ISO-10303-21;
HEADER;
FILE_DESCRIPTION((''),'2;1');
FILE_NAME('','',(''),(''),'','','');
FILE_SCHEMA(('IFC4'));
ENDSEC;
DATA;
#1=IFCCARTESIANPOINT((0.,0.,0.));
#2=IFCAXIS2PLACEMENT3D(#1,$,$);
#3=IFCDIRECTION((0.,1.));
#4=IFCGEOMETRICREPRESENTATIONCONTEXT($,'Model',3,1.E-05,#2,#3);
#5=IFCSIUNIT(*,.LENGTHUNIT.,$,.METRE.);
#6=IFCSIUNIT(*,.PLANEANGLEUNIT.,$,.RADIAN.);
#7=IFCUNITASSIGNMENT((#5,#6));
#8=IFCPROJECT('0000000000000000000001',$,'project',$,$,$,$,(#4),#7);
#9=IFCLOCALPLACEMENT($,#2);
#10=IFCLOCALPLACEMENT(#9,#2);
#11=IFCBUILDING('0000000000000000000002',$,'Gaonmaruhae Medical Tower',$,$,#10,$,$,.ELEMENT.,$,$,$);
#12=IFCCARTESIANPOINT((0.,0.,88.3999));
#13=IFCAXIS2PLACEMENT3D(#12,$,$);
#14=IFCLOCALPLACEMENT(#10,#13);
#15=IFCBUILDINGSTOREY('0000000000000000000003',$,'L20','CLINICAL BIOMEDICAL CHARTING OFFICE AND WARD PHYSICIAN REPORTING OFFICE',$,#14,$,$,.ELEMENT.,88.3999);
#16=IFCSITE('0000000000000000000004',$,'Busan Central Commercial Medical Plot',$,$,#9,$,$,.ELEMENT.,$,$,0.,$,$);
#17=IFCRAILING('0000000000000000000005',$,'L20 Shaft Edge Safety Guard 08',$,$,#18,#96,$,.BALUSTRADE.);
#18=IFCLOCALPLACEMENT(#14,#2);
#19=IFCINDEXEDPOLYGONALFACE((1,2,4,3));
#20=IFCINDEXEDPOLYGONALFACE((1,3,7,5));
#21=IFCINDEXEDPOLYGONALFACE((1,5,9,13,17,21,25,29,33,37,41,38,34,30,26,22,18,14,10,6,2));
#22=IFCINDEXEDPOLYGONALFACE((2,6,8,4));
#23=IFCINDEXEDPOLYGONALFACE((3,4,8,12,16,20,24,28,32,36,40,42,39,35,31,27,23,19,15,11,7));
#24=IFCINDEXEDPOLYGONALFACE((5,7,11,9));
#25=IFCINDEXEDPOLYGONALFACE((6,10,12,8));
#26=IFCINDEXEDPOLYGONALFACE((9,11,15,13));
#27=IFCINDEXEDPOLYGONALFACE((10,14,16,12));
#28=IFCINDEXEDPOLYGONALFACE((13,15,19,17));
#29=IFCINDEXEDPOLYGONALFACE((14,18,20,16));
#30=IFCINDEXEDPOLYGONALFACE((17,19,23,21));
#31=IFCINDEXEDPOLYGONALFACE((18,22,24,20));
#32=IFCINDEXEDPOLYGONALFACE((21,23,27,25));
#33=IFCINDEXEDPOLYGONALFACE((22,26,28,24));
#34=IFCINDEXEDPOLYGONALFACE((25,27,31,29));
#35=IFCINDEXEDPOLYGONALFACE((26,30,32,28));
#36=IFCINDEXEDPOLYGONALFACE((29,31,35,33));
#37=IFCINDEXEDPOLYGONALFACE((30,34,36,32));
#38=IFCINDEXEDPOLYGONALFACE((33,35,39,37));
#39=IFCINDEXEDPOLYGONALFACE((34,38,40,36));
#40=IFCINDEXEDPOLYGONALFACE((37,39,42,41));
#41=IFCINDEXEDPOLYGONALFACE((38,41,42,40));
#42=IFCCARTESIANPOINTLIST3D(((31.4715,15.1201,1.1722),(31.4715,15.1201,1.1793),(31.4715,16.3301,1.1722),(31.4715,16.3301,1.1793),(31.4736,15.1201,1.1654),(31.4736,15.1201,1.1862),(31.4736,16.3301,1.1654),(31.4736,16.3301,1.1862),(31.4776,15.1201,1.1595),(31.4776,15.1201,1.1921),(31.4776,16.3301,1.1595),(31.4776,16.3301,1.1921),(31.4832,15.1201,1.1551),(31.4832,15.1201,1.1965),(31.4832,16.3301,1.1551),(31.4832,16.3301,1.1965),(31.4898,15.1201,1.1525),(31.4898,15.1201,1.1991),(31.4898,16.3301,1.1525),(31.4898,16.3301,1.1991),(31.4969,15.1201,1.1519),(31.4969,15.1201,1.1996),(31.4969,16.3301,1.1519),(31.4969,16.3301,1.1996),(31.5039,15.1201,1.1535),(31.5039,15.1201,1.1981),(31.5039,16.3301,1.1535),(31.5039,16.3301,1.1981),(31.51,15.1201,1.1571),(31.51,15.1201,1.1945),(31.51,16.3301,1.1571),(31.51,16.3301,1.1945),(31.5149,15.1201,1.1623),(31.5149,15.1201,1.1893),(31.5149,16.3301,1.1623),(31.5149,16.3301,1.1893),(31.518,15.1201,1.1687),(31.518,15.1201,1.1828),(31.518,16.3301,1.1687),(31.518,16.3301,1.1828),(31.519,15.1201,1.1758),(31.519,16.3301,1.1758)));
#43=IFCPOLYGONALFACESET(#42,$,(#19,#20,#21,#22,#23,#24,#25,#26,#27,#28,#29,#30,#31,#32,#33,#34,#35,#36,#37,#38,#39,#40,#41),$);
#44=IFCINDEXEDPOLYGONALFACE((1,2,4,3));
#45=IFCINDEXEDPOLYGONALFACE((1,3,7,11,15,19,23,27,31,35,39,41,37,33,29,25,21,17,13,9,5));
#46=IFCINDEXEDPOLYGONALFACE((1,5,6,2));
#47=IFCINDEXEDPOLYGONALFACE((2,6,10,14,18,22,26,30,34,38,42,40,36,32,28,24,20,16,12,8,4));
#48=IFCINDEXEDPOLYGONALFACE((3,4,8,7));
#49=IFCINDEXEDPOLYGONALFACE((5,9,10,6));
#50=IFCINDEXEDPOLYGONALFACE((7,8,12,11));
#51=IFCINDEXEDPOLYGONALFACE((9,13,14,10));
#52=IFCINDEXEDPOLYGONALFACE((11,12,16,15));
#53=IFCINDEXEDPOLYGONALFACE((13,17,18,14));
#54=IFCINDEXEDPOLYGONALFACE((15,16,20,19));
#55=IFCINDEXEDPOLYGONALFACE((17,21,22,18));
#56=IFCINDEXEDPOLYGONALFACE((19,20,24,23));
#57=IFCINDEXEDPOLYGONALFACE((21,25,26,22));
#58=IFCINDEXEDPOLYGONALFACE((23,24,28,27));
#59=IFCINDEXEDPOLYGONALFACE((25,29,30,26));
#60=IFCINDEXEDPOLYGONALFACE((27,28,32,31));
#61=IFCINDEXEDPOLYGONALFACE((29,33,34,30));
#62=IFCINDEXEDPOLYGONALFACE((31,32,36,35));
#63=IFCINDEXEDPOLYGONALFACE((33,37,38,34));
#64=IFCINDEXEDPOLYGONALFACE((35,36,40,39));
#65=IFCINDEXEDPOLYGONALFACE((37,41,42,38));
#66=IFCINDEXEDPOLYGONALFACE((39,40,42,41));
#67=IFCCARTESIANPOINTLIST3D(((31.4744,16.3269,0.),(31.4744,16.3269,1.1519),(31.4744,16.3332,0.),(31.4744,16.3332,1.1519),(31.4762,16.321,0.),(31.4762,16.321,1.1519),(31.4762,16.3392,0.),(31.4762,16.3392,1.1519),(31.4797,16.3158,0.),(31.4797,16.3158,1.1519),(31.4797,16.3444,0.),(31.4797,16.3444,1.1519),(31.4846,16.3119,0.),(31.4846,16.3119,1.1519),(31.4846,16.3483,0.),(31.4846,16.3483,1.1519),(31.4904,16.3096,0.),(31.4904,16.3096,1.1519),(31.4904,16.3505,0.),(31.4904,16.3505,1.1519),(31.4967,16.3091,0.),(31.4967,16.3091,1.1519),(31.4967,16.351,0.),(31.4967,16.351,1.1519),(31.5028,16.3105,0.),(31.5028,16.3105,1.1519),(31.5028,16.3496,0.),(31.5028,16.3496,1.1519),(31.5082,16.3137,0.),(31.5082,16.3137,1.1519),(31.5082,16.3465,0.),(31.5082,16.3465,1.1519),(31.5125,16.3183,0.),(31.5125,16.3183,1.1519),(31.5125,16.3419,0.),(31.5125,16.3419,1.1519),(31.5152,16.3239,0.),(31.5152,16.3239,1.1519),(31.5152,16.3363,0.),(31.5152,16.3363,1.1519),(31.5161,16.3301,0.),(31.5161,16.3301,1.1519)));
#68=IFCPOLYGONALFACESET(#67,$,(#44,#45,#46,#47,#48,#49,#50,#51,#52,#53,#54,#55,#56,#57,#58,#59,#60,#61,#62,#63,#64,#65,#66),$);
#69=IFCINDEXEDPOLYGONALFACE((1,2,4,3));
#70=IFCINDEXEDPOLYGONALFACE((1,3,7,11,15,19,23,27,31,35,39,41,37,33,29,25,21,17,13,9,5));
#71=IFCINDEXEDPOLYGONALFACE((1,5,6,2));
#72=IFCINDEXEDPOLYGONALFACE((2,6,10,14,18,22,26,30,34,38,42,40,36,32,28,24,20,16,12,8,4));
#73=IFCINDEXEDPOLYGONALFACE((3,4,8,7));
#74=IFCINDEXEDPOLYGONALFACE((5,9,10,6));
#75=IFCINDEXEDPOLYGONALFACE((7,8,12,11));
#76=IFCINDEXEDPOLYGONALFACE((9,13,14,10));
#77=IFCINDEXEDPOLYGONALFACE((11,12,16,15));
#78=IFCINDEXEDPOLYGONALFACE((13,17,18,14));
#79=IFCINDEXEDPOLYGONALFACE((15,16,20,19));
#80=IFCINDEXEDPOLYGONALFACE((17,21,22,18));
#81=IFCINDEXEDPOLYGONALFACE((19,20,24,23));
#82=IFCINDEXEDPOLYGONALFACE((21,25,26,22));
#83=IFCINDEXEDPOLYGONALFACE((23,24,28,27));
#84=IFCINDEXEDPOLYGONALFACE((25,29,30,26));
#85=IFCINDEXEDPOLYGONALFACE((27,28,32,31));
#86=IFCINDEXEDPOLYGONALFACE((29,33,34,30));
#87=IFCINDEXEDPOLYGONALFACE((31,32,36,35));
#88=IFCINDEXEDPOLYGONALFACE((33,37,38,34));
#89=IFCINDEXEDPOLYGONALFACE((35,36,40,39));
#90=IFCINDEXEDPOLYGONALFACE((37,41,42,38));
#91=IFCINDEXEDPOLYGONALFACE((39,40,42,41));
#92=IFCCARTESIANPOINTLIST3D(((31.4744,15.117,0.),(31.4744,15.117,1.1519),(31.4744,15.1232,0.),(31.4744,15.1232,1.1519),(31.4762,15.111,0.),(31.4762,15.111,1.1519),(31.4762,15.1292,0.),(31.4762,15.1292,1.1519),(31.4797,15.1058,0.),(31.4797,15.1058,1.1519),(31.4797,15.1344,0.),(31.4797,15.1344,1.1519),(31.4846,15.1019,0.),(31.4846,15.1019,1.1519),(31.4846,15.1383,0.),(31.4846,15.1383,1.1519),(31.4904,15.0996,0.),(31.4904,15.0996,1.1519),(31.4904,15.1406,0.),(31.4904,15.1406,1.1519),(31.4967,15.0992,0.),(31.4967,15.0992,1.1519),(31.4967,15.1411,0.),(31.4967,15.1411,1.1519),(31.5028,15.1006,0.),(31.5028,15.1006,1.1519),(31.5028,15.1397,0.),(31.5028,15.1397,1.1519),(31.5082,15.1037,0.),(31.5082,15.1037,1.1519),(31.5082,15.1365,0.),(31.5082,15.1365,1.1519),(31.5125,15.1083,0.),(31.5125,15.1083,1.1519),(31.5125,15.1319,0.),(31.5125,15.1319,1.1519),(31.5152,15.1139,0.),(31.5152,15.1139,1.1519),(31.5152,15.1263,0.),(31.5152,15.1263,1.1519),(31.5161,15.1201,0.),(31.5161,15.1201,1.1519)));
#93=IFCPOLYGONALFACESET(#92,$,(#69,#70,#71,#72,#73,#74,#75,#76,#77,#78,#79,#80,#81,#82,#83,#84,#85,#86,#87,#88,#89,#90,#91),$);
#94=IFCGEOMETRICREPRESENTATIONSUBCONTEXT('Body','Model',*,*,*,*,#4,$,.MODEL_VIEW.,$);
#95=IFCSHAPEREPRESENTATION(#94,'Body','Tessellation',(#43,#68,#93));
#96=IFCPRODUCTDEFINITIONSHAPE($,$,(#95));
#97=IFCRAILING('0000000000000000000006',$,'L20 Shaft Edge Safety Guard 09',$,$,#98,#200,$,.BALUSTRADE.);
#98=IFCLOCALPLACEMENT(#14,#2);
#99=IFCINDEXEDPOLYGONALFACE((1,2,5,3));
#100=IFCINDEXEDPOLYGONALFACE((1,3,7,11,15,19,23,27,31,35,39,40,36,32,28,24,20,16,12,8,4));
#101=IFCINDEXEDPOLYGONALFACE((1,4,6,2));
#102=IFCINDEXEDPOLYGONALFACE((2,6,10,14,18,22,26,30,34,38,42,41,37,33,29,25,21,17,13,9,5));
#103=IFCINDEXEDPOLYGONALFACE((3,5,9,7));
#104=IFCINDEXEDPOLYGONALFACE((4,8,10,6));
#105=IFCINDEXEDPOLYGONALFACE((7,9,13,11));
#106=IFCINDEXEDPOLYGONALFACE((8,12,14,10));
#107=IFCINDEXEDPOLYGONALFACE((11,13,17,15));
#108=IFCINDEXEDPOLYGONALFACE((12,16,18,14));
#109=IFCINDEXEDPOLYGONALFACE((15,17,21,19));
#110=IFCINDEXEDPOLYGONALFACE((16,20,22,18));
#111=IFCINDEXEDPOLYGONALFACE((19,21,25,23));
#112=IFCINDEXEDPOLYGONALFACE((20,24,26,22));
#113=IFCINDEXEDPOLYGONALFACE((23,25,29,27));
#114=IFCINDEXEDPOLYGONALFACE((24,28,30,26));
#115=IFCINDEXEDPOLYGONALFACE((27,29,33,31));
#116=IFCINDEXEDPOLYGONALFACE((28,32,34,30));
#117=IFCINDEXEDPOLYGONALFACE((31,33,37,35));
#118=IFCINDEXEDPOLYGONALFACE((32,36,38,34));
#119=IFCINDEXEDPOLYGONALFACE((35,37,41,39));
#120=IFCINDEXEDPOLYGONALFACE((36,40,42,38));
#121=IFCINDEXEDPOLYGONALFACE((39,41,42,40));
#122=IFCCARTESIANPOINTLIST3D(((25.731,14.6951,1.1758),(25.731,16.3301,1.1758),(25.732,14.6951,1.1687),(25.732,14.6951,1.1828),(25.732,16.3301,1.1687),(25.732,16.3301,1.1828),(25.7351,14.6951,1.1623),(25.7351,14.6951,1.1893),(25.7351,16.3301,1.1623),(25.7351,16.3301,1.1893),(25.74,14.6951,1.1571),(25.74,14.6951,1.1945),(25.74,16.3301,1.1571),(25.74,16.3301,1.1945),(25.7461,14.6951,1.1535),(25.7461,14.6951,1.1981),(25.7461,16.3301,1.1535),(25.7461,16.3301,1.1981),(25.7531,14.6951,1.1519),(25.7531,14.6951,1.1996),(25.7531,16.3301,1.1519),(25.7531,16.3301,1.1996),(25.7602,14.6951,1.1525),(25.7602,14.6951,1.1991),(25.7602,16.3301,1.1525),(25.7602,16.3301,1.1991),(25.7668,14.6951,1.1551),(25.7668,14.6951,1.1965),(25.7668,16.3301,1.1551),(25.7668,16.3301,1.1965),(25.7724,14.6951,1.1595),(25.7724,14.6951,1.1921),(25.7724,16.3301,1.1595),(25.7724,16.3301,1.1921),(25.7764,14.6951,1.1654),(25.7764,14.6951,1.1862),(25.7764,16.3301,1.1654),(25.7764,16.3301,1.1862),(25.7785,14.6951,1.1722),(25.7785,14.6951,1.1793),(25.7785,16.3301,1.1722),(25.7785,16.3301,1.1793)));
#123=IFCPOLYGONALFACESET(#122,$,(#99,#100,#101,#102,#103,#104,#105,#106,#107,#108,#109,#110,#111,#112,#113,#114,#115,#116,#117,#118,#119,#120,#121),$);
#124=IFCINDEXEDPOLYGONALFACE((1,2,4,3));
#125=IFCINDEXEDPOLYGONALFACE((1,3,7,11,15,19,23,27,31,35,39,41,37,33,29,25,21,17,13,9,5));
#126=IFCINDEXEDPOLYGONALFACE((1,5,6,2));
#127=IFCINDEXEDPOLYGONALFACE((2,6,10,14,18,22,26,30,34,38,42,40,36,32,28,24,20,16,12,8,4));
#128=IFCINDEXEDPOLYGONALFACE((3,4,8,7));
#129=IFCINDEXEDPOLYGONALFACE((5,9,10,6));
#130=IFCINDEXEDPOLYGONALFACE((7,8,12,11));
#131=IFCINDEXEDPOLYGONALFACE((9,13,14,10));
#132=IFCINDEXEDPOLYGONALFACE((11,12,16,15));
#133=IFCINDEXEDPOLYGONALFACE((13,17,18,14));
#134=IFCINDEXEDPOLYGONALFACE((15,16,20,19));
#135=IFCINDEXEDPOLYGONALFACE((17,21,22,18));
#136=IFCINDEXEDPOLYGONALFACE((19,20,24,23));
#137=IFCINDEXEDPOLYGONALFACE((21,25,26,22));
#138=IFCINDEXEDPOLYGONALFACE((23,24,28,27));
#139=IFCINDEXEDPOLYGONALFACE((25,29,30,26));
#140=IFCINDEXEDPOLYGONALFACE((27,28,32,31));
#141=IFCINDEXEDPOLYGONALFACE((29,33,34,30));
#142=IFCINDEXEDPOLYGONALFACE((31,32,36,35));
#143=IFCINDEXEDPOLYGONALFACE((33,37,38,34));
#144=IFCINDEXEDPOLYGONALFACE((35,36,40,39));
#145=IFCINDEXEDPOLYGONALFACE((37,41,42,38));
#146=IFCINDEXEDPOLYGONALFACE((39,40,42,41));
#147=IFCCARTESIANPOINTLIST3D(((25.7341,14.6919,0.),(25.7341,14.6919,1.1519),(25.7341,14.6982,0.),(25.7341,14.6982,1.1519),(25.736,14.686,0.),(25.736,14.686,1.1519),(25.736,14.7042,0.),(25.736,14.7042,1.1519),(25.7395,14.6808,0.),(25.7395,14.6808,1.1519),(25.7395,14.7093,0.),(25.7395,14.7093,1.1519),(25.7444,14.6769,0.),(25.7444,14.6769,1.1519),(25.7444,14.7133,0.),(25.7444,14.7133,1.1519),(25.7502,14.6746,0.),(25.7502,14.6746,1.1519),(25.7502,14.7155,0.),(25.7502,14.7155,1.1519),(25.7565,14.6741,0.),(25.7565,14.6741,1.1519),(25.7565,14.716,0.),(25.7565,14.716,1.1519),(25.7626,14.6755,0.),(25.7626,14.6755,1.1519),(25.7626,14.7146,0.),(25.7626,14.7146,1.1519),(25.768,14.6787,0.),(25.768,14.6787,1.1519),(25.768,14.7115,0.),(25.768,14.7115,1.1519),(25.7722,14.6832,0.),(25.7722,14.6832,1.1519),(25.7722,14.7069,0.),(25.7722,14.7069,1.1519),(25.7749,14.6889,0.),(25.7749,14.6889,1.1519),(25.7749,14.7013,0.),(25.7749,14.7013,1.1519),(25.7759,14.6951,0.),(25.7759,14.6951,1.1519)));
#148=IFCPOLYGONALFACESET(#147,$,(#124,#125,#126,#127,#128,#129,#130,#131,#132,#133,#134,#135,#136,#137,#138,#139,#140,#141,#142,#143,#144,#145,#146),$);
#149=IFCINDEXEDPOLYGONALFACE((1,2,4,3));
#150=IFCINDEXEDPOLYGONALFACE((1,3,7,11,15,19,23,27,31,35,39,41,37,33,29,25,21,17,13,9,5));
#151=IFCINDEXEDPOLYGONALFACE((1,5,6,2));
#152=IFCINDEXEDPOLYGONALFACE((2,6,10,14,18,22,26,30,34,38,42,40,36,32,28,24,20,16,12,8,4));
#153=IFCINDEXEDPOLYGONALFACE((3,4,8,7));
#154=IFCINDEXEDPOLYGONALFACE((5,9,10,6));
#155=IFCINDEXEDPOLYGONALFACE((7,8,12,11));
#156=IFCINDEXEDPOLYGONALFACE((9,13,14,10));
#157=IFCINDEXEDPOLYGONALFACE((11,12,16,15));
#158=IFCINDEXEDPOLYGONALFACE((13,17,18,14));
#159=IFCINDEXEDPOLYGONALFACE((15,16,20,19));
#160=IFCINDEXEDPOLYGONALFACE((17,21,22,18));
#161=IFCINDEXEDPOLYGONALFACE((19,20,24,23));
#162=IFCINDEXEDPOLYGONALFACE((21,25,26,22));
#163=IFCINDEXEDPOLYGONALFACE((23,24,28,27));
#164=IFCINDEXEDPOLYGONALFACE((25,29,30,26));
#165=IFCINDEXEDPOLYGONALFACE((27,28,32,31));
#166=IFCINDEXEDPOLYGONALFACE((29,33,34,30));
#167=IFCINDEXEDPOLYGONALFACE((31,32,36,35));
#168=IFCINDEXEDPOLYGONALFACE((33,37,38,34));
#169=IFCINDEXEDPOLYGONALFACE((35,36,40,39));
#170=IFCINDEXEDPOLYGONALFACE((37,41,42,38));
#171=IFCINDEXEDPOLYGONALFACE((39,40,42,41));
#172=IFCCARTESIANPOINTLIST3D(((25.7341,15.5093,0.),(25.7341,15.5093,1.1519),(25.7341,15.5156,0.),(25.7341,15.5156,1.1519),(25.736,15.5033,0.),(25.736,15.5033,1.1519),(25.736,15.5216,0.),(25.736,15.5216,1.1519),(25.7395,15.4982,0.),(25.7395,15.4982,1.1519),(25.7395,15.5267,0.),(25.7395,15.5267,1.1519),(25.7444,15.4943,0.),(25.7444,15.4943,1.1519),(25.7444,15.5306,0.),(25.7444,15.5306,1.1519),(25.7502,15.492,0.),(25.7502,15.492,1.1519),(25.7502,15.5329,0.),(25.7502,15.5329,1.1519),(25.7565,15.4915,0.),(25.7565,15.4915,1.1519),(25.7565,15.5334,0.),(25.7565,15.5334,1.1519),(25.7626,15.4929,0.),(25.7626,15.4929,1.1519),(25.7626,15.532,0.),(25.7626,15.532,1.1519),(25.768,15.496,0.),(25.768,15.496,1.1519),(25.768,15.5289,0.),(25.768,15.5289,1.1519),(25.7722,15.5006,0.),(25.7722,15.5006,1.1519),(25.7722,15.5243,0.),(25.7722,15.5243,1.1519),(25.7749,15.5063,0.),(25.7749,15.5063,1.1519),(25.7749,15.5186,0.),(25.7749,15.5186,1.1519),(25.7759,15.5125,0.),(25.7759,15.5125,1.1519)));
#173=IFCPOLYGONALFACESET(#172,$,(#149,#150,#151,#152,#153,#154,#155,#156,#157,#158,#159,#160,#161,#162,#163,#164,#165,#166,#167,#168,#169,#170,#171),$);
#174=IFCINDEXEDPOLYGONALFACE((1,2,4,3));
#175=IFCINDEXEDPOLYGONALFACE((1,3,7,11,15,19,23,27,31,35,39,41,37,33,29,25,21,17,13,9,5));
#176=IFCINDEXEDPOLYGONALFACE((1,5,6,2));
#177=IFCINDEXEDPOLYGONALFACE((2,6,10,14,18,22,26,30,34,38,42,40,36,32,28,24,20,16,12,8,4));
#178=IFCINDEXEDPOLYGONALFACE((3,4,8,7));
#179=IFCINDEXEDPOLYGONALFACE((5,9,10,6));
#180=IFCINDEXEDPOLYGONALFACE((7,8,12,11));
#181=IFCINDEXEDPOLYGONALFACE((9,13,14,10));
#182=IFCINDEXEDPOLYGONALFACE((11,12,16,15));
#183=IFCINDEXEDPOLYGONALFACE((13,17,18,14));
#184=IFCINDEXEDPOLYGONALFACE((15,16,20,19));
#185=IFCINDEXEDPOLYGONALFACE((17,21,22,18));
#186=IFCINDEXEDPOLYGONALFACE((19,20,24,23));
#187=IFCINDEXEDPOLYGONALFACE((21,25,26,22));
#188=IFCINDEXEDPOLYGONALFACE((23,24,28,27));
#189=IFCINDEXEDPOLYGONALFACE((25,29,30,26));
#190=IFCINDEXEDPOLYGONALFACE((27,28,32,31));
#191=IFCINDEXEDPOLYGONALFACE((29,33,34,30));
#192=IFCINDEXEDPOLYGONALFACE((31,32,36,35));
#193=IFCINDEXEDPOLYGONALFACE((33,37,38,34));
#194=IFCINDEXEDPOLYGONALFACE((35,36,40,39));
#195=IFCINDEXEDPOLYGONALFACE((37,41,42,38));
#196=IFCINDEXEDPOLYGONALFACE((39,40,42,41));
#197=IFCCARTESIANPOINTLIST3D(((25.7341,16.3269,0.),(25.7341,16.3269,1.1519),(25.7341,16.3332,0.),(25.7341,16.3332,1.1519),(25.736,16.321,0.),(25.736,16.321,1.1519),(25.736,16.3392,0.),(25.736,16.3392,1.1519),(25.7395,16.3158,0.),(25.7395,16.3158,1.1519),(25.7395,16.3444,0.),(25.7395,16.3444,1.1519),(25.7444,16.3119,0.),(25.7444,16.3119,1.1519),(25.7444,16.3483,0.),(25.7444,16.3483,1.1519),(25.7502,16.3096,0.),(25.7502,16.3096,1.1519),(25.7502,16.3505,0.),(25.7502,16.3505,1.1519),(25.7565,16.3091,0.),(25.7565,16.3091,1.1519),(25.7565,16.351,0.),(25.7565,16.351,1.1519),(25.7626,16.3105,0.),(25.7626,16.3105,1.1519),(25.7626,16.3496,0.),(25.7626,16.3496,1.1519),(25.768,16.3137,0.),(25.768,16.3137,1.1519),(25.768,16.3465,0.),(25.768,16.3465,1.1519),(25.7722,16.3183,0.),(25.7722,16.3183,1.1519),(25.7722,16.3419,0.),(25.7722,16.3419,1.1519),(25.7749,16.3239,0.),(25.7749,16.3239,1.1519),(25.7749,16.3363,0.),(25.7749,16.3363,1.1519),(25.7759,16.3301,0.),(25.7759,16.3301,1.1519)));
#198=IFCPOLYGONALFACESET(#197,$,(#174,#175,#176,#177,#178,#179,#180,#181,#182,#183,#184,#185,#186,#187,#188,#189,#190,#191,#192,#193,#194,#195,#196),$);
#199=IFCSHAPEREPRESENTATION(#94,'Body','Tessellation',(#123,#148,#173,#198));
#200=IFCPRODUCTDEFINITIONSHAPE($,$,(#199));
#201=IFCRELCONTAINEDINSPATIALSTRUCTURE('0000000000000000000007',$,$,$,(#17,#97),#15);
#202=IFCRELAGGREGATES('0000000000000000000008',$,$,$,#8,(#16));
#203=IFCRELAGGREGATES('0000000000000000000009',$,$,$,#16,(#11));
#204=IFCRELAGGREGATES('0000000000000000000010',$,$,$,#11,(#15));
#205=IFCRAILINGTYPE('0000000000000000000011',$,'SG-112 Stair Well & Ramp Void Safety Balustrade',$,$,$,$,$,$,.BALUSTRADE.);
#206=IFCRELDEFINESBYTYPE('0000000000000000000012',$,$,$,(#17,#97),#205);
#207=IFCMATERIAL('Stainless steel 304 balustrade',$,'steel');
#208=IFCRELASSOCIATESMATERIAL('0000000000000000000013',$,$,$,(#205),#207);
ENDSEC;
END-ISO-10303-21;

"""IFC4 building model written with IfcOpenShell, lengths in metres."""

from ifc_helpers import new_model, si_unit, direction, frame, origin, origin_2d, place, context, subcontext, project, spatial, circle, extrude, material, type_object, element, save


model = new_model("IFC4")

# Units and contexts
model_context = context("Model", 3, precision=1e-05, world=origin(), true_north=direction((0.0, 1.0)))
body_context = subcontext(model_context, "Body", "Model", "MODEL_VIEW")
ifc_project = project(units=[si_unit("LENGTHUNIT", "METRE"), si_unit("PLANEANGLEUNIT", "RADIAN")], contexts=[model_context])

# Site, building, storey
site_placement = place(None, origin())
site = spatial("IfcSite", under=ifc_project, at=site_placement, Name="Busan Central Commercial Medical Plot", CompositionType="ELEMENT", RefElevation=0.0)
building_placement = place(site_placement, origin())
building = spatial("IfcBuilding", under=site, at=building_placement, Name="Gaonmaruhae Medical Tower", CompositionType="ELEMENT")
storey_placement = place(building_placement, frame((0.0, 0.0, 88.3999)))
storey = spatial("IfcBuildingStorey", under=building, at=storey_placement, Name="L20", Description="CLINICAL BIOMEDICAL CHARTING OFFICE AND WARD PHYSICIAN REPORTING OFFICE", CompositionType="ELEMENT", Elevation=88.3999)

# Railings
ifc_material_1 = material(Name="Stainless steel 304 balustrade", Category="steel")
railing_type_1 = type_object("IfcRailingType", Name="SG-112 Stair Well & Ramp Void Safety Balustrade", PredefinedType="BALUSTRADE", material=ifc_material_1)
railing_1_placement = place(storey_placement, frame((31.4951, 16.3301, 0.0)))
element("IfcRailing", 1, at=railing_1_placement, inside=storey, type_object=railing_type_1, Name="L20 Shaft Edge Safety Guard 08", PredefinedType="BALUSTRADE", context=body_context, shape_type="SweptSolid", body=[
    extrude(circle(Radius=0.0239, at=origin_2d()), frame((0.0, 0.0, 1.1758), z_axis=(0.0, -1.0, 0.0), x_axis=(1.0, 0.0, 0.0)), (0.0, 0.0, 1.0), 1.21),
    extrude(circle(Radius=0.021, at=origin_2d()), origin(), (0.0, 0.0, 1.0), 1.1519),
    extrude(circle(Radius=0.021, at=origin_2d()), frame((0.0, -1.21, 0.0)), (0.0, 0.0, 1.0), 1.1519),
])
railing_2_placement = place(storey_placement, frame((25.7549, 14.6951, 0.0)))
element("IfcRailing", 2, at=railing_2_placement, inside=storey, type_object=railing_type_1, Name="L20 Shaft Edge Safety Guard 09", PredefinedType="BALUSTRADE", context=body_context, shape_type="SweptSolid", body=[
    extrude(circle(Radius=0.0239, at=origin_2d()), frame((0.0, 0.0, 1.1758), z_axis=(0.0, 1.0, 0.0), x_axis=(-1.0, 0.0, 0.0)), (0.0, 0.0, 1.0), 1.635),
    extrude(circle(Radius=0.021, at=origin_2d()), origin(), (0.0, 0.0, 1.0), 1.1519),
    extrude(circle(Radius=0.021, at=origin_2d()), frame((0.0, 0.8174, 0.0)), (0.0, 0.0, 1.0), 1.1519),
    extrude(circle(Radius=0.021, at=origin_2d()), frame((0.0, 1.635, 0.0)), (0.0, 0.0, 1.0), 1.1519),
])

save(model, "model.ifc")
